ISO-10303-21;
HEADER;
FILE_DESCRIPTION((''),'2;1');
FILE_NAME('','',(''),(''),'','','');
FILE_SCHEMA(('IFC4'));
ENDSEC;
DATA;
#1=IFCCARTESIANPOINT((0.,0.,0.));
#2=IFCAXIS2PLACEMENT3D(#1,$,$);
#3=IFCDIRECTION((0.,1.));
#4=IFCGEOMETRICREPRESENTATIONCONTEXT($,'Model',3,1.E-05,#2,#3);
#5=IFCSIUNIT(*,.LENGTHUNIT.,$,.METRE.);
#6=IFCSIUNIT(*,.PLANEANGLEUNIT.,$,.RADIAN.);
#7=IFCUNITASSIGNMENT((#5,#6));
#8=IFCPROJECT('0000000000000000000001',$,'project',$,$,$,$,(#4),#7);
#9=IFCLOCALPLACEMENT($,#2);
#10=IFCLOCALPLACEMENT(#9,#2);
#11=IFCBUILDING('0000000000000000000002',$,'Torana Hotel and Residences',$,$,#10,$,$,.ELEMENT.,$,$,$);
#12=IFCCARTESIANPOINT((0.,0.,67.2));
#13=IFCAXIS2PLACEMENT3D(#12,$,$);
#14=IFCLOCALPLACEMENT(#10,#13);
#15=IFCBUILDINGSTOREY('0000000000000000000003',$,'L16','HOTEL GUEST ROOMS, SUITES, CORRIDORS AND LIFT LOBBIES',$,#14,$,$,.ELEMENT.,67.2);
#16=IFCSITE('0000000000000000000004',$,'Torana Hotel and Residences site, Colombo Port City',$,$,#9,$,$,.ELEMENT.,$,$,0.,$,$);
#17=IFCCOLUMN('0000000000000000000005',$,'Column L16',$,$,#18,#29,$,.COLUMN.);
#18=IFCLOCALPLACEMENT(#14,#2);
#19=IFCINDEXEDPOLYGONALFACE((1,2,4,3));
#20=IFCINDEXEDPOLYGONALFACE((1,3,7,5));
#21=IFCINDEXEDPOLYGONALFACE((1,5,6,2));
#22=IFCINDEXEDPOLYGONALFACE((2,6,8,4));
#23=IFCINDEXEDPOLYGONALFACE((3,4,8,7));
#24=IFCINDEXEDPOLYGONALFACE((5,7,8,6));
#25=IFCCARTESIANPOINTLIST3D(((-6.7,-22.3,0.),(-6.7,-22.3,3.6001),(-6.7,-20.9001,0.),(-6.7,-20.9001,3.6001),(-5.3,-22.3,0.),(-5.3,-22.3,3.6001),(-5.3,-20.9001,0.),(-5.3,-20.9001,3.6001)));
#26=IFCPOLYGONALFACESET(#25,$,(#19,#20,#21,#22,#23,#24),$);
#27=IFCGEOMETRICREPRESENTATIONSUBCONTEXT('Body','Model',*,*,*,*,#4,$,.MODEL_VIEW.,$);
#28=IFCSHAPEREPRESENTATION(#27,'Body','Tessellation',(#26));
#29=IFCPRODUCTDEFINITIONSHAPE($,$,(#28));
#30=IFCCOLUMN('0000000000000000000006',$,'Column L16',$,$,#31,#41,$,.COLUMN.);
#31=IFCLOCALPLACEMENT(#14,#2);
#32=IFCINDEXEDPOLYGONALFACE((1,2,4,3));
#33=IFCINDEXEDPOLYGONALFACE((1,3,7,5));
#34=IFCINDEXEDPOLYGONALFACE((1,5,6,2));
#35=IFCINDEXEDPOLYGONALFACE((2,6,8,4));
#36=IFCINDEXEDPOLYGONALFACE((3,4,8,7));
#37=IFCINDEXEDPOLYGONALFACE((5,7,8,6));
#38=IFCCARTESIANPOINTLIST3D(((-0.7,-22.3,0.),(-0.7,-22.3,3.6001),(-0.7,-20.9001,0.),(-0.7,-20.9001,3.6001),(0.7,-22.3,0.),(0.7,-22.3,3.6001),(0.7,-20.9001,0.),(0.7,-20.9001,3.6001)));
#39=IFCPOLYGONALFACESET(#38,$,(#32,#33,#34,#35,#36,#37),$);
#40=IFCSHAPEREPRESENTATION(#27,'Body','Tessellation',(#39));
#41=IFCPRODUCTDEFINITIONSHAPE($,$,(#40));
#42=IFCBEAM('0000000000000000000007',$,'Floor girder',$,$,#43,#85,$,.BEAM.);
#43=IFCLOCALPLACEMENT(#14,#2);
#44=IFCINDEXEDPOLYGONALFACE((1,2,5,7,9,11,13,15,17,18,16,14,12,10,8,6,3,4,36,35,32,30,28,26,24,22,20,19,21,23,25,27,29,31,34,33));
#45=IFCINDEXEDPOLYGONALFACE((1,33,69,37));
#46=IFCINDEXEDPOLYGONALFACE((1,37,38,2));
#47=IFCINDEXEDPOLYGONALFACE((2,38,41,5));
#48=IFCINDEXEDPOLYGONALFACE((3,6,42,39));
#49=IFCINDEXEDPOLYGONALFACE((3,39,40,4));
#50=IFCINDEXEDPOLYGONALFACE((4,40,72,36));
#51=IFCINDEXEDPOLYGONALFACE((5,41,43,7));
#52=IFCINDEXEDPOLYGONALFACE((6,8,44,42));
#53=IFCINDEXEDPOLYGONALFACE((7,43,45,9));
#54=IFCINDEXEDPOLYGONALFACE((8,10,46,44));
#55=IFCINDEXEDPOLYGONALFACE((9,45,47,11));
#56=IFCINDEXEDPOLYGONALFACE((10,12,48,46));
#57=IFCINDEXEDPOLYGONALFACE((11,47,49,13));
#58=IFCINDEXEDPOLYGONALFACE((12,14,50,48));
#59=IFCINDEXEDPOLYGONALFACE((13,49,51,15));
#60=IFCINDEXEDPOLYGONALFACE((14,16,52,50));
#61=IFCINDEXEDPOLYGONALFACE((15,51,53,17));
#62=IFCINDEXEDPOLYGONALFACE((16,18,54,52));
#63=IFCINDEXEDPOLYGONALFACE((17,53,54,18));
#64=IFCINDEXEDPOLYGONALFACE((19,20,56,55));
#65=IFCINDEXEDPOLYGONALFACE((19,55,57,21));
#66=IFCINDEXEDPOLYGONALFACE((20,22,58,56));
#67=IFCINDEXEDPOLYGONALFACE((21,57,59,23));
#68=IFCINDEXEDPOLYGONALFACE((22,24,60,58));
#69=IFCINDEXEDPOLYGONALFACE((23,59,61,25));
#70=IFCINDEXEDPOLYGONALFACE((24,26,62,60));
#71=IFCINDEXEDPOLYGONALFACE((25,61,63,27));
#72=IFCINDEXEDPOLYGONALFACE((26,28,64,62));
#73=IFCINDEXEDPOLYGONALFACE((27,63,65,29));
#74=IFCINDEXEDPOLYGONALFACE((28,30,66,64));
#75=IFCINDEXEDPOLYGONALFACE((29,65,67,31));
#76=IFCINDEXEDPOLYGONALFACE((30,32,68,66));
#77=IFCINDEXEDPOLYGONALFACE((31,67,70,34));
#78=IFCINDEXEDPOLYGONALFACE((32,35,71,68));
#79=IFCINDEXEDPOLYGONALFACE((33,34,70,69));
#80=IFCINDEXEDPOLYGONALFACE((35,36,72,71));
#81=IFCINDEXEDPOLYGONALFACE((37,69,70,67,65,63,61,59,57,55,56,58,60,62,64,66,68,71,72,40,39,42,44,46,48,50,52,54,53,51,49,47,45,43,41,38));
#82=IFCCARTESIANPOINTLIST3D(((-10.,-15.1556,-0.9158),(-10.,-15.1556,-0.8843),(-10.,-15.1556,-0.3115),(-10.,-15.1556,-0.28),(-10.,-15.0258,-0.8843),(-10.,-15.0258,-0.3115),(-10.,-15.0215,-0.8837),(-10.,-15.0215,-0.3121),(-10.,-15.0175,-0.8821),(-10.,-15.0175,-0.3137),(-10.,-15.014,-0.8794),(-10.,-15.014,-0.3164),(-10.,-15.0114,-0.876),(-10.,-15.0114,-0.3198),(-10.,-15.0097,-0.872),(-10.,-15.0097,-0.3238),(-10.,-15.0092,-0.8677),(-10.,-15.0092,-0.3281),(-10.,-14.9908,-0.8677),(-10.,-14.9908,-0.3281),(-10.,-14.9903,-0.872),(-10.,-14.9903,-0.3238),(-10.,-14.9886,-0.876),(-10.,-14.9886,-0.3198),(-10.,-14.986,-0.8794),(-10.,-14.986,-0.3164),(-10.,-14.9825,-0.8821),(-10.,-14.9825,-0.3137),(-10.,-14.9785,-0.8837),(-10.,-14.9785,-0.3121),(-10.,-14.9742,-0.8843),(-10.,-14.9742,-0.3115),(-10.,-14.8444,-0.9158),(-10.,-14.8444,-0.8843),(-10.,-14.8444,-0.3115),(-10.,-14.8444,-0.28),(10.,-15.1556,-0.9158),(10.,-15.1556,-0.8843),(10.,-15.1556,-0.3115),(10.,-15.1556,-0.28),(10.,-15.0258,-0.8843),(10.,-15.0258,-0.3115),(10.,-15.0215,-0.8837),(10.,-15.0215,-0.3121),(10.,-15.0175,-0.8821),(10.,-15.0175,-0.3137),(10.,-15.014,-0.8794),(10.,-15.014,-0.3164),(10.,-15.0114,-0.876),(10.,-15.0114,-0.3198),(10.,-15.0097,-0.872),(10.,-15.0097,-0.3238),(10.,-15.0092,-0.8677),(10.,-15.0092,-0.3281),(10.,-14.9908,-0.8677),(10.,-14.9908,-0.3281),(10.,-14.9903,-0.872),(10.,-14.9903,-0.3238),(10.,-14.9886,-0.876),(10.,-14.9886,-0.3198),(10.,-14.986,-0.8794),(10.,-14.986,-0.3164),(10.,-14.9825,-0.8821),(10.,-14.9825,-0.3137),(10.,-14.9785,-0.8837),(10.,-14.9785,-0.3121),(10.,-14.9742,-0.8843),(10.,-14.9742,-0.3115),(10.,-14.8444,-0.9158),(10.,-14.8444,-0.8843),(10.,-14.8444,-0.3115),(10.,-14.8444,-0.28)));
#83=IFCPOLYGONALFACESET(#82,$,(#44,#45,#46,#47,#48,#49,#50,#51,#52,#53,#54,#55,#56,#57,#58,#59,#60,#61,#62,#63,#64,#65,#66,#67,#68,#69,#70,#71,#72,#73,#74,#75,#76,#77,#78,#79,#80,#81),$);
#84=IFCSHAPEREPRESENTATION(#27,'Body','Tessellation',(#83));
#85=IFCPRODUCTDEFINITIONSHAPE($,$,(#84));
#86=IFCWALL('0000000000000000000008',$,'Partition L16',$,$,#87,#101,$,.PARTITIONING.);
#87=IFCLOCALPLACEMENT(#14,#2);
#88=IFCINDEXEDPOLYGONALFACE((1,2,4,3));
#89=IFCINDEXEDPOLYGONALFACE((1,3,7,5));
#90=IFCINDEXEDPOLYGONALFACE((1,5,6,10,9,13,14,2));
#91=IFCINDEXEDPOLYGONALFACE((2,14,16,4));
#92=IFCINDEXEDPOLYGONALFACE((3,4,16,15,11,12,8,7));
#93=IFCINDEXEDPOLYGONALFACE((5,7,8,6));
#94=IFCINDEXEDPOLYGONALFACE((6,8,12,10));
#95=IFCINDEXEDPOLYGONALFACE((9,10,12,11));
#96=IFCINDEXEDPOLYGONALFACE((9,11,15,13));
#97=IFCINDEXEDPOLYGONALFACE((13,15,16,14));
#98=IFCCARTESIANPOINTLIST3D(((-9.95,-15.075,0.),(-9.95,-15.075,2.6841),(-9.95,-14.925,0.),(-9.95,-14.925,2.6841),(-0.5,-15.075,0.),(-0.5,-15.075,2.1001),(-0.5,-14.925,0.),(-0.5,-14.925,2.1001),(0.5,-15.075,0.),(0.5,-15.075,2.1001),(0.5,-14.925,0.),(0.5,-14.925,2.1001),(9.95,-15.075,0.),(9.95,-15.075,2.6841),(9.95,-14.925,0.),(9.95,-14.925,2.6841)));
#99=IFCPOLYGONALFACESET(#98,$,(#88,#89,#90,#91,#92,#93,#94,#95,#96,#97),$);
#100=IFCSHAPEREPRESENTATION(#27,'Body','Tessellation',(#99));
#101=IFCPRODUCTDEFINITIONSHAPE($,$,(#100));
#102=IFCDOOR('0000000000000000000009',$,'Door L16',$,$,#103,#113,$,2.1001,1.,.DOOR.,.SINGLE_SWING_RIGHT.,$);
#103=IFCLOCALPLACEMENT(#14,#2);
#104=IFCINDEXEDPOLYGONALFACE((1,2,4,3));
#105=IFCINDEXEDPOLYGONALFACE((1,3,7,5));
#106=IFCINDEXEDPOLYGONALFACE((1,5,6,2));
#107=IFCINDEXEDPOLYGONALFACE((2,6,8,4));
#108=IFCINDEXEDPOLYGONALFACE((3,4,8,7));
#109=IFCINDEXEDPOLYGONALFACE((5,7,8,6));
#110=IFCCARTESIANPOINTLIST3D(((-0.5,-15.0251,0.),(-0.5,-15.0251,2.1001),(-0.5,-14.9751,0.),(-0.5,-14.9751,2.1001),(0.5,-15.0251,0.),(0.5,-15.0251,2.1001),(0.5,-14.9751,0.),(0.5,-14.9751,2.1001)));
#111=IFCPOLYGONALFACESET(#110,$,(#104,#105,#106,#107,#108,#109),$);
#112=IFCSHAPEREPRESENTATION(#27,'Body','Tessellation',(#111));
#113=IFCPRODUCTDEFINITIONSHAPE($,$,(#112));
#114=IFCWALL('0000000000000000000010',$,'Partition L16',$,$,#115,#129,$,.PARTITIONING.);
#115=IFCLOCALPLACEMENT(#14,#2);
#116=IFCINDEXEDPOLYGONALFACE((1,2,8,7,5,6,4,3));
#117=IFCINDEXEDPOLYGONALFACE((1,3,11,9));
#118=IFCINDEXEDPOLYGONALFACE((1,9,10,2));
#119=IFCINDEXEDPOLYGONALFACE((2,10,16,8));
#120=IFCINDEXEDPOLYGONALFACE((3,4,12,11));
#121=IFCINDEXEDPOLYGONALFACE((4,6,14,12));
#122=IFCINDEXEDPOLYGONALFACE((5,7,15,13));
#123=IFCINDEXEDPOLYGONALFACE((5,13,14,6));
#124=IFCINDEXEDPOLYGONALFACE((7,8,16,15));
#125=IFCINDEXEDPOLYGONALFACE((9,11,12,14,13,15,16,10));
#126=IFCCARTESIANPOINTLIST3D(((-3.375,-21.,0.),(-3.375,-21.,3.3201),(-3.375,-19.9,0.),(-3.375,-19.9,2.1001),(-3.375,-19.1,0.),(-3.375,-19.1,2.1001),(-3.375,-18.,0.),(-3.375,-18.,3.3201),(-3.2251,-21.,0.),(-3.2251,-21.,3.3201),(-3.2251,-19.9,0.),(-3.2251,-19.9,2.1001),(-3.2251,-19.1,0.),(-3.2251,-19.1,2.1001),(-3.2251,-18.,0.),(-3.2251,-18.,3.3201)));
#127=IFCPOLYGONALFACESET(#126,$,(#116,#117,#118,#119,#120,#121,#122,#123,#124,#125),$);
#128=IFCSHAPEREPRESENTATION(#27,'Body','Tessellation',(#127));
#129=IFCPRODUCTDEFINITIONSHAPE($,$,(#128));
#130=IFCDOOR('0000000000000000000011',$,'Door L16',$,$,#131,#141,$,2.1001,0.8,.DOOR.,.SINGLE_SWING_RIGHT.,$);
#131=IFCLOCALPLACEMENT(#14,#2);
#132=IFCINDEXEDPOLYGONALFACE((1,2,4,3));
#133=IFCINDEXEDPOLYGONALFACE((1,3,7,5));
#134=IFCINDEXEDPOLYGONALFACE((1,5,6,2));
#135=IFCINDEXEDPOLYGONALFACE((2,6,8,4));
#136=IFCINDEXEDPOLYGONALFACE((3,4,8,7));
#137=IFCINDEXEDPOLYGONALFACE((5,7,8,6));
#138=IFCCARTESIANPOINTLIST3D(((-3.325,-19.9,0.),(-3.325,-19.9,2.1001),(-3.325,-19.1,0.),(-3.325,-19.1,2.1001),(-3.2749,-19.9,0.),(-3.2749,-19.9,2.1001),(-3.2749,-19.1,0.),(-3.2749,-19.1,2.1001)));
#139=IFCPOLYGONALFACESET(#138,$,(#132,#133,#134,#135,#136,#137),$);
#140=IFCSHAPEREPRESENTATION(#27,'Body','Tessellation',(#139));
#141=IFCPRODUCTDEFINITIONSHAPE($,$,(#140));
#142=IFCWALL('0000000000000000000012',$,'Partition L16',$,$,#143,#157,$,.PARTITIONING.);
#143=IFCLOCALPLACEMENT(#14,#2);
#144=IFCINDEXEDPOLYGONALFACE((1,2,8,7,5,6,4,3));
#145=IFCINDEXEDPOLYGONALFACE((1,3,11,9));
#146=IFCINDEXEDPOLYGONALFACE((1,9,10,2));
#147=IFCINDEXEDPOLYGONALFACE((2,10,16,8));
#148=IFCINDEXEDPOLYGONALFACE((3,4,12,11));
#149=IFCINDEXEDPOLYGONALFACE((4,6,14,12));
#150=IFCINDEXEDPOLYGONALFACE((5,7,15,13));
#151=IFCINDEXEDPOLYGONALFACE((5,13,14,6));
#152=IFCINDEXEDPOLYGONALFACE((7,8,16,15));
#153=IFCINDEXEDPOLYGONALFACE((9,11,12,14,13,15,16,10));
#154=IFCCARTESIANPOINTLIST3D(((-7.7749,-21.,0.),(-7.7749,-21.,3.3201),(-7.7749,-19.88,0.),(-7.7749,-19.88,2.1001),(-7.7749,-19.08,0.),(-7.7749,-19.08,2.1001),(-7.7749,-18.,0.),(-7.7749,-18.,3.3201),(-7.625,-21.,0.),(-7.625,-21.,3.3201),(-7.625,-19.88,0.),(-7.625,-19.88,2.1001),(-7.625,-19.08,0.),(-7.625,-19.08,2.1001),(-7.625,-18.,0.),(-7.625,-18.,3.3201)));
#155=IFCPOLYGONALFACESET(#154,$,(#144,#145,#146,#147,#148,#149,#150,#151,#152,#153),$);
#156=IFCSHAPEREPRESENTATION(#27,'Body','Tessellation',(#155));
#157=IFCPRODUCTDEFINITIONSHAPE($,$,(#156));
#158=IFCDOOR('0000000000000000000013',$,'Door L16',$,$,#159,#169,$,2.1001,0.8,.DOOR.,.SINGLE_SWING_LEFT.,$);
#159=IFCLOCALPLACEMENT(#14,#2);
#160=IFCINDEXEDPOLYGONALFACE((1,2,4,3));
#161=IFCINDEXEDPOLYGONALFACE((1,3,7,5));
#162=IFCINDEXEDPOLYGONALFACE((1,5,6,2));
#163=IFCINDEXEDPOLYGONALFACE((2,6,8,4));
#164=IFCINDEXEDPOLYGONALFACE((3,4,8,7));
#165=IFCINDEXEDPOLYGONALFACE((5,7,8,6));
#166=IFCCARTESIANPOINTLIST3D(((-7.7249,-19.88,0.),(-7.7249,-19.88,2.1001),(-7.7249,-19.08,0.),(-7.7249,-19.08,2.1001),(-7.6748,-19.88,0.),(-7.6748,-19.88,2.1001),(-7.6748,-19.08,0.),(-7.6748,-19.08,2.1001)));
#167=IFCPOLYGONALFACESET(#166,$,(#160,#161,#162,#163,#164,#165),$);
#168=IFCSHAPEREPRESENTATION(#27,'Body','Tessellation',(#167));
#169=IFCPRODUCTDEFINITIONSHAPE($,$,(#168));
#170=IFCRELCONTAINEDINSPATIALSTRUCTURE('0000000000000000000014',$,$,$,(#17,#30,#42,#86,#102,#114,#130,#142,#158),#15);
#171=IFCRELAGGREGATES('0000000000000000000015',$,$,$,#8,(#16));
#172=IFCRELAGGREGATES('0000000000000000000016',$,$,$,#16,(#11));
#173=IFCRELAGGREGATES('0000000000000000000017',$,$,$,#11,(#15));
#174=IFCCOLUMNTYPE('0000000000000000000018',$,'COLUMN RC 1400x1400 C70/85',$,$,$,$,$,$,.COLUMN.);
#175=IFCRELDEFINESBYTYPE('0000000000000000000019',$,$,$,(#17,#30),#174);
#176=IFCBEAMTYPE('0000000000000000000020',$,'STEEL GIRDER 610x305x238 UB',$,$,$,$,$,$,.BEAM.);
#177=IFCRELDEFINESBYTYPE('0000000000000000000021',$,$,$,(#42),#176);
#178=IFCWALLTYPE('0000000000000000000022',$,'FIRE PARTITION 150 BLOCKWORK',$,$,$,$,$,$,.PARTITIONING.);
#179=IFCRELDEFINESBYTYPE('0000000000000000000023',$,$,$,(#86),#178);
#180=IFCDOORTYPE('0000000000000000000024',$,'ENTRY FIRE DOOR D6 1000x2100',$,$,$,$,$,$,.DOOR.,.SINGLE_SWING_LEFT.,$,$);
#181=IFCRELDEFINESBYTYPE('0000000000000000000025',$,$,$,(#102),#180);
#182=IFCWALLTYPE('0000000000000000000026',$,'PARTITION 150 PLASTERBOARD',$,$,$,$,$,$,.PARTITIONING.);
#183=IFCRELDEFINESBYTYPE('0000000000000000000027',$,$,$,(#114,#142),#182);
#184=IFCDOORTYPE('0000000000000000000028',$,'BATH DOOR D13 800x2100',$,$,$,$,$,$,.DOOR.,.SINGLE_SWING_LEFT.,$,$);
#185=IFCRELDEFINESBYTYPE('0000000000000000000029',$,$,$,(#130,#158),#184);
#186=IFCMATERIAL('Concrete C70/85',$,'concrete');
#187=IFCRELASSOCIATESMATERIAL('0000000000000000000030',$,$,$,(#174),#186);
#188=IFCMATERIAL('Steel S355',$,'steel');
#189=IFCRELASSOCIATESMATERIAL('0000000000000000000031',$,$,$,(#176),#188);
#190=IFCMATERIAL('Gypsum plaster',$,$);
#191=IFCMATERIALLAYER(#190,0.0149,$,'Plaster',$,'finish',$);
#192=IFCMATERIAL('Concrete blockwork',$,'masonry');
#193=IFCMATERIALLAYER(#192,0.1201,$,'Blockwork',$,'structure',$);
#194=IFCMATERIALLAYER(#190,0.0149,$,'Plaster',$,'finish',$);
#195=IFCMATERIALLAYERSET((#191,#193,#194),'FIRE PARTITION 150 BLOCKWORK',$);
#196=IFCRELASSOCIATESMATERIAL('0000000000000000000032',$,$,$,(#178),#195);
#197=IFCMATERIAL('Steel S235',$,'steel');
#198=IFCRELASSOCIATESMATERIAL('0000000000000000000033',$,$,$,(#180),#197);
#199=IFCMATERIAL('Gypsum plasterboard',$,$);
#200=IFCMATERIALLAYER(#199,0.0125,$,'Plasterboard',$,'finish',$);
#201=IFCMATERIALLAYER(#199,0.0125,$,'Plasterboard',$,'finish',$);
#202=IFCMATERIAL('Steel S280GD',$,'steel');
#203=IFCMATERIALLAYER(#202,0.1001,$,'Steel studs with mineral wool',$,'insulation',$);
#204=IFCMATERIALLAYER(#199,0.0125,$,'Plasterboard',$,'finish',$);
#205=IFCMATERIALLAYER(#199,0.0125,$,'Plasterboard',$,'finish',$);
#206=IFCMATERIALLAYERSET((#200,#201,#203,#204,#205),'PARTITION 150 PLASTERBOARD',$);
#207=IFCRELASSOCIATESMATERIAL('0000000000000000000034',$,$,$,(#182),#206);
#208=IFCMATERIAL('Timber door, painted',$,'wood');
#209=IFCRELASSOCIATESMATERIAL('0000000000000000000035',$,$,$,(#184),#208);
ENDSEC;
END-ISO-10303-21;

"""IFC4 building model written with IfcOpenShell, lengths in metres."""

from ifc_helpers import new_model, si_unit, direction, frame, frame_2d, origin, origin_2d, place, context, subcontext, project, spatial, rectangle, i_section, extrude, material, layer, layer_set, material_profile, profile_set, type_object, element, fill, save


model = new_model("IFC4")

# Units and contexts
model_context = context("Model", 3, precision=1e-05, world=origin(), true_north=direction((0.0, 1.0)))
body_context = subcontext(model_context, "Body", "Model", "MODEL_VIEW")
ifc_project = project(units=[si_unit("LENGTHUNIT", "METRE"), si_unit("PLANEANGLEUNIT", "RADIAN")], contexts=[model_context])

# Site, building, storey
site_placement = place(None, origin())
site = spatial("IfcSite", under=ifc_project, at=site_placement, Name="Torana Hotel and Residences site, Colombo Port City", CompositionType="ELEMENT", RefElevation=0.0)
building_placement = place(site_placement, origin())
building = spatial("IfcBuilding", under=site, at=building_placement, Name="Torana Hotel and Residences", CompositionType="ELEMENT")
storey_placement = place(building_placement, frame((0.0, 0.0, 67.2)))
storey = spatial("IfcBuildingStorey", under=building, at=storey_placement, Name="L16", Description="HOTEL GUEST ROOMS, SUITES, CORRIDORS AND LIFT LOBBIES", CompositionType="ELEMENT", Elevation=67.2)

# Columns
ifc_material_1 = material(Name="Concrete C70/85", Category="concrete")
ifc_material_profile_1 = material_profile(ifc_material_1, rectangle(XDim=1.3999, YDim=1.3999, at=origin_2d()), Name="RC 1400x1400")
ifc_profile_set_1 = profile_set([ifc_material_profile_1], Name="Concrete C70/85")
column_type = type_object("IfcColumnType", Name="COLUMN RC 1400x1400 C70/85", PredefinedType="COLUMN", material=ifc_profile_set_1)
for number, where, z_axis, x_axis, name in (
    (1, (-6.0, -21.6001, 0.0), (0.0, 0.0, 1.0), (1.0, 0.0, 0.0), "Column L16"),
    (2, (0.0, -21.6001, 0.0), (0.0, 0.0, 1.0), (1.0, 0.0, 0.0), "Column L16"),
):
    element("IfcColumn", number, at=place(storey_placement, frame(where, z_axis=z_axis, x_axis=x_axis)), inside=storey, type_object=column_type, Name=name, PredefinedType="COLUMN", context=body_context, shape_type="SweptSolid", body=[
        extrude(rectangle(XDim=1.3999, YDim=1.3999, at=origin_2d()), origin(), (0.0, 0.0, 1.0), 3.6001),
    ])

# Beam
ifc_material_2 = material(Name="Steel S355", Category="steel")
ifc_material_profile_2 = material_profile(ifc_material_2, i_section(OverallWidth=0.3113, OverallDepth=0.6357, WebThickness=0.0183, FlangeThickness=0.0315, FilletRadius=0.0166, at=origin_2d()), Name="610x305x238 UB")
ifc_profile_set_2 = profile_set([ifc_material_profile_2], Name="Steel S355")
beam_type = type_object("IfcBeamType", Name="STEEL GIRDER 610x305x238 UB", PredefinedType="BEAM", material=ifc_profile_set_2)
beam_placement = place(storey_placement, frame((-10.0, -15.0, -0.5979), z_axis=(1.0, 0.0, 0.0), x_axis=(0.0, 1.0, 0.0)))
element("IfcBeam", 3, at=beam_placement, inside=storey, type_object=beam_type, Name="Floor girder", PredefinedType="BEAM", context=body_context, shape_type="SweptSolid", body=[
    extrude(i_section(OverallWidth=0.3113, OverallDepth=0.6357, WebThickness=0.0183, FlangeThickness=0.0315, FilletRadius=0.0166, at=origin_2d()), origin(), (0.0, 0.0, 1.0), 20.0),
])

# Walls, openings, doors
ifc_material_3 = material(Name="Gypsum plaster")
ifc_layer_1 = layer(ifc_material_3, 0.0149, Name="Plaster", Category="finish")
ifc_material_4 = material(Name="Concrete blockwork", Category="masonry")
ifc_layer_2 = layer(ifc_material_4, 0.1201, Name="Blockwork", Category="structure")
ifc_layer_3 = layer(ifc_material_3, 0.0149, Name="Plaster", Category="finish")
ifc_layer_set_1 = layer_set([ifc_layer_1, ifc_layer_2, ifc_layer_3], Name="FIRE PARTITION 150 BLOCKWORK")
wall_type_1 = type_object("IfcWallType", Name="FIRE PARTITION 150 BLOCKWORK", PredefinedType="PARTITIONING", material=ifc_layer_set_1)
wall_1_placement = place(storey_placement, frame((-9.95, -15.0, 0.0), z_axis=(0.0, 0.0, 1.0), x_axis=(1.0, 0.0, 0.0)))
wall_1 = element("IfcWall", 4, at=wall_1_placement, inside=storey, type_object=wall_type_1, Name="Partition L16", PredefinedType="PARTITIONING", context=body_context, shape_type="SweptSolid", body=[
    extrude(rectangle(XDim=19.8999, YDim=0.1499, at=frame_2d((9.95, 0.0))), origin(), (0.0, 0.0, 1.0), 2.6841),
])
opening_1_placement = place(wall_1_placement, frame((9.45, 0.0, 0.0)))
opening_1 = element("IfcOpeningElement", 5, at=opening_1_placement, cuts=wall_1, PredefinedType="OPENING", context=body_context, shape_type="SweptSolid", body=[
    extrude(rectangle(XDim=1.0, YDim=2.1001, at=frame_2d((0.5, 1.05))), frame((0.0, 0.085, 0.0), z_axis=(0.0, -1.0, 0.0), x_axis=(1.0, 0.0, 0.0)), (0.0, 0.0, 1.0), 0.1699),
])
ifc_material_5 = material(Name="Steel S235", Category="steel")
door_type_1 = type_object("IfcDoorType", Name="ENTRY FIRE DOOR D6 1000x2100", OperationType="SINGLE_SWING_LEFT", PredefinedType="DOOR", material=ifc_material_5)
door_1_placement = place(opening_1_placement, origin())
door_1 = element("IfcDoor", 6, at=door_1_placement, inside=storey, type_object=door_type_1, Name="Door L16", OperationType="SINGLE_SWING_RIGHT", OverallHeight=2.1001, OverallWidth=1.0, PredefinedType="DOOR", context=body_context, shape_type="SweptSolid", body=[
    extrude(rectangle(XDim=1.0, YDim=2.1001, at=frame_2d((0.5, 1.05))), frame((0.0, 0.0249, 0.0), z_axis=(0.0, -1.0, 0.0), x_axis=(1.0, 0.0, 0.0)), (0.0, 0.0, 1.0), 0.05),
])
fill(opening_1, door_1)
ifc_material_6 = material(Name="Gypsum plasterboard")
ifc_layer_4 = layer(ifc_material_6, 0.0125, Name="Plasterboard", Category="finish")
ifc_layer_5 = layer(ifc_material_6, 0.0125, Name="Plasterboard", Category="finish")
ifc_material_7 = material(Name="Steel S280GD", Category="steel")
ifc_layer_6 = layer(ifc_material_7, 0.1001, Name="Steel studs with mineral wool", Category="insulation")
ifc_layer_7 = layer(ifc_material_6, 0.0125, Name="Plasterboard", Category="finish")
ifc_layer_8 = layer(ifc_material_6, 0.0125, Name="Plasterboard", Category="finish")
ifc_layer_set_2 = layer_set([ifc_layer_4, ifc_layer_5, ifc_layer_6, ifc_layer_7, ifc_layer_8], Name="PARTITION 150 PLASTERBOARD")
wall_type_2 = type_object("IfcWallType", Name="PARTITION 150 PLASTERBOARD", PredefinedType="PARTITIONING", material=ifc_layer_set_2)
wall_2_placement = place(storey_placement, frame((-3.3, -21.0, 0.0), z_axis=(0.0, 0.0, 1.0), x_axis=(0.0, 1.0, 0.0)))
wall_2 = element("IfcWall", 7, at=wall_2_placement, inside=storey, type_object=wall_type_2, Name="Partition L16", PredefinedType="PARTITIONING", context=body_context, shape_type="SweptSolid", body=[
    extrude(rectangle(XDim=3.0, YDim=0.1499, at=frame_2d((1.5, 0.0))), origin(), (0.0, 0.0, 1.0), 3.3201),
])
opening_2_placement = place(wall_2_placement, frame((1.1001, 0.0, 0.0)))
opening_2 = element("IfcOpeningElement", 8, at=opening_2_placement, cuts=wall_2, PredefinedType="OPENING", context=body_context, shape_type="SweptSolid", body=[
    extrude(rectangle(XDim=0.8, YDim=2.1001, at=frame_2d((0.3999, 1.05))), frame((0.0, 0.085, 0.0), z_axis=(0.0, -1.0, 0.0), x_axis=(1.0, 0.0, 0.0)), (0.0, 0.0, 1.0), 0.1699),
])
ifc_material_8 = material(Name="Timber door, painted", Category="wood")
door_type_2 = type_object("IfcDoorType", Name="BATH DOOR D13 800x2100", OperationType="SINGLE_SWING_LEFT", PredefinedType="DOOR", material=ifc_material_8)
door_2_placement = place(opening_2_placement, origin())
door_2 = element("IfcDoor", 9, at=door_2_placement, inside=storey, type_object=door_type_2, Name="Door L16", OperationType="SINGLE_SWING_RIGHT", OverallHeight=2.1001, OverallWidth=0.8, PredefinedType="DOOR", context=body_context, shape_type="SweptSolid", body=[
    extrude(rectangle(XDim=0.8, YDim=2.1001, at=frame_2d((0.3999, 1.05))), frame((0.0, 0.0249, 0.0), z_axis=(0.0, -1.0, 0.0), x_axis=(1.0, 0.0, 0.0)), (0.0, 0.0, 1.0), 0.05),
])
fill(opening_2, door_2)
wall_3_placement = place(storey_placement, frame((-7.7, -21.0, 0.0), z_axis=(0.0, 0.0, 1.0), x_axis=(0.0, 1.0, 0.0)))
wall_3 = element("IfcWall", 10, at=wall_3_placement, inside=storey, type_object=wall_type_2, Name="Partition L16", PredefinedType="PARTITIONING", context=body_context, shape_type="SweptSolid", body=[
    extrude(rectangle(XDim=3.0, YDim=0.1499, at=frame_2d((1.5, 0.0))), origin(), (0.0, 0.0, 1.0), 3.3201),
])
opening_3_placement = place(wall_3_placement, frame((1.1201, 0.0, 0.0)))
opening_3 = element("IfcOpeningElement", 11, at=opening_3_placement, cuts=wall_3, PredefinedType="OPENING", context=body_context, shape_type="SweptSolid", body=[
    extrude(rectangle(XDim=0.8, YDim=2.1001, at=frame_2d((0.3999, 1.05))), frame((0.0, 0.085, 0.0), z_axis=(0.0, -1.0, 0.0), x_axis=(1.0, 0.0, 0.0)), (0.0, 0.0, 1.0), 0.1699),
])
door_3_placement = place(opening_3_placement, origin())
door_3 = element("IfcDoor", 12, at=door_3_placement, inside=storey, type_object=door_type_2, Name="Door L16", OperationType="SINGLE_SWING_LEFT", OverallHeight=2.1001, OverallWidth=0.8, PredefinedType="DOOR", context=body_context, shape_type="SweptSolid", body=[
    extrude(rectangle(XDim=0.8, YDim=2.1001, at=frame_2d((0.3999, 1.05))), frame((0.0, 0.0249, 0.0), z_axis=(0.0, -1.0, 0.0), x_axis=(1.0, 0.0, 0.0)), (0.0, 0.0, 1.0), 0.05),
])
fill(opening_3, door_3)

save(model, "model.ifc")
